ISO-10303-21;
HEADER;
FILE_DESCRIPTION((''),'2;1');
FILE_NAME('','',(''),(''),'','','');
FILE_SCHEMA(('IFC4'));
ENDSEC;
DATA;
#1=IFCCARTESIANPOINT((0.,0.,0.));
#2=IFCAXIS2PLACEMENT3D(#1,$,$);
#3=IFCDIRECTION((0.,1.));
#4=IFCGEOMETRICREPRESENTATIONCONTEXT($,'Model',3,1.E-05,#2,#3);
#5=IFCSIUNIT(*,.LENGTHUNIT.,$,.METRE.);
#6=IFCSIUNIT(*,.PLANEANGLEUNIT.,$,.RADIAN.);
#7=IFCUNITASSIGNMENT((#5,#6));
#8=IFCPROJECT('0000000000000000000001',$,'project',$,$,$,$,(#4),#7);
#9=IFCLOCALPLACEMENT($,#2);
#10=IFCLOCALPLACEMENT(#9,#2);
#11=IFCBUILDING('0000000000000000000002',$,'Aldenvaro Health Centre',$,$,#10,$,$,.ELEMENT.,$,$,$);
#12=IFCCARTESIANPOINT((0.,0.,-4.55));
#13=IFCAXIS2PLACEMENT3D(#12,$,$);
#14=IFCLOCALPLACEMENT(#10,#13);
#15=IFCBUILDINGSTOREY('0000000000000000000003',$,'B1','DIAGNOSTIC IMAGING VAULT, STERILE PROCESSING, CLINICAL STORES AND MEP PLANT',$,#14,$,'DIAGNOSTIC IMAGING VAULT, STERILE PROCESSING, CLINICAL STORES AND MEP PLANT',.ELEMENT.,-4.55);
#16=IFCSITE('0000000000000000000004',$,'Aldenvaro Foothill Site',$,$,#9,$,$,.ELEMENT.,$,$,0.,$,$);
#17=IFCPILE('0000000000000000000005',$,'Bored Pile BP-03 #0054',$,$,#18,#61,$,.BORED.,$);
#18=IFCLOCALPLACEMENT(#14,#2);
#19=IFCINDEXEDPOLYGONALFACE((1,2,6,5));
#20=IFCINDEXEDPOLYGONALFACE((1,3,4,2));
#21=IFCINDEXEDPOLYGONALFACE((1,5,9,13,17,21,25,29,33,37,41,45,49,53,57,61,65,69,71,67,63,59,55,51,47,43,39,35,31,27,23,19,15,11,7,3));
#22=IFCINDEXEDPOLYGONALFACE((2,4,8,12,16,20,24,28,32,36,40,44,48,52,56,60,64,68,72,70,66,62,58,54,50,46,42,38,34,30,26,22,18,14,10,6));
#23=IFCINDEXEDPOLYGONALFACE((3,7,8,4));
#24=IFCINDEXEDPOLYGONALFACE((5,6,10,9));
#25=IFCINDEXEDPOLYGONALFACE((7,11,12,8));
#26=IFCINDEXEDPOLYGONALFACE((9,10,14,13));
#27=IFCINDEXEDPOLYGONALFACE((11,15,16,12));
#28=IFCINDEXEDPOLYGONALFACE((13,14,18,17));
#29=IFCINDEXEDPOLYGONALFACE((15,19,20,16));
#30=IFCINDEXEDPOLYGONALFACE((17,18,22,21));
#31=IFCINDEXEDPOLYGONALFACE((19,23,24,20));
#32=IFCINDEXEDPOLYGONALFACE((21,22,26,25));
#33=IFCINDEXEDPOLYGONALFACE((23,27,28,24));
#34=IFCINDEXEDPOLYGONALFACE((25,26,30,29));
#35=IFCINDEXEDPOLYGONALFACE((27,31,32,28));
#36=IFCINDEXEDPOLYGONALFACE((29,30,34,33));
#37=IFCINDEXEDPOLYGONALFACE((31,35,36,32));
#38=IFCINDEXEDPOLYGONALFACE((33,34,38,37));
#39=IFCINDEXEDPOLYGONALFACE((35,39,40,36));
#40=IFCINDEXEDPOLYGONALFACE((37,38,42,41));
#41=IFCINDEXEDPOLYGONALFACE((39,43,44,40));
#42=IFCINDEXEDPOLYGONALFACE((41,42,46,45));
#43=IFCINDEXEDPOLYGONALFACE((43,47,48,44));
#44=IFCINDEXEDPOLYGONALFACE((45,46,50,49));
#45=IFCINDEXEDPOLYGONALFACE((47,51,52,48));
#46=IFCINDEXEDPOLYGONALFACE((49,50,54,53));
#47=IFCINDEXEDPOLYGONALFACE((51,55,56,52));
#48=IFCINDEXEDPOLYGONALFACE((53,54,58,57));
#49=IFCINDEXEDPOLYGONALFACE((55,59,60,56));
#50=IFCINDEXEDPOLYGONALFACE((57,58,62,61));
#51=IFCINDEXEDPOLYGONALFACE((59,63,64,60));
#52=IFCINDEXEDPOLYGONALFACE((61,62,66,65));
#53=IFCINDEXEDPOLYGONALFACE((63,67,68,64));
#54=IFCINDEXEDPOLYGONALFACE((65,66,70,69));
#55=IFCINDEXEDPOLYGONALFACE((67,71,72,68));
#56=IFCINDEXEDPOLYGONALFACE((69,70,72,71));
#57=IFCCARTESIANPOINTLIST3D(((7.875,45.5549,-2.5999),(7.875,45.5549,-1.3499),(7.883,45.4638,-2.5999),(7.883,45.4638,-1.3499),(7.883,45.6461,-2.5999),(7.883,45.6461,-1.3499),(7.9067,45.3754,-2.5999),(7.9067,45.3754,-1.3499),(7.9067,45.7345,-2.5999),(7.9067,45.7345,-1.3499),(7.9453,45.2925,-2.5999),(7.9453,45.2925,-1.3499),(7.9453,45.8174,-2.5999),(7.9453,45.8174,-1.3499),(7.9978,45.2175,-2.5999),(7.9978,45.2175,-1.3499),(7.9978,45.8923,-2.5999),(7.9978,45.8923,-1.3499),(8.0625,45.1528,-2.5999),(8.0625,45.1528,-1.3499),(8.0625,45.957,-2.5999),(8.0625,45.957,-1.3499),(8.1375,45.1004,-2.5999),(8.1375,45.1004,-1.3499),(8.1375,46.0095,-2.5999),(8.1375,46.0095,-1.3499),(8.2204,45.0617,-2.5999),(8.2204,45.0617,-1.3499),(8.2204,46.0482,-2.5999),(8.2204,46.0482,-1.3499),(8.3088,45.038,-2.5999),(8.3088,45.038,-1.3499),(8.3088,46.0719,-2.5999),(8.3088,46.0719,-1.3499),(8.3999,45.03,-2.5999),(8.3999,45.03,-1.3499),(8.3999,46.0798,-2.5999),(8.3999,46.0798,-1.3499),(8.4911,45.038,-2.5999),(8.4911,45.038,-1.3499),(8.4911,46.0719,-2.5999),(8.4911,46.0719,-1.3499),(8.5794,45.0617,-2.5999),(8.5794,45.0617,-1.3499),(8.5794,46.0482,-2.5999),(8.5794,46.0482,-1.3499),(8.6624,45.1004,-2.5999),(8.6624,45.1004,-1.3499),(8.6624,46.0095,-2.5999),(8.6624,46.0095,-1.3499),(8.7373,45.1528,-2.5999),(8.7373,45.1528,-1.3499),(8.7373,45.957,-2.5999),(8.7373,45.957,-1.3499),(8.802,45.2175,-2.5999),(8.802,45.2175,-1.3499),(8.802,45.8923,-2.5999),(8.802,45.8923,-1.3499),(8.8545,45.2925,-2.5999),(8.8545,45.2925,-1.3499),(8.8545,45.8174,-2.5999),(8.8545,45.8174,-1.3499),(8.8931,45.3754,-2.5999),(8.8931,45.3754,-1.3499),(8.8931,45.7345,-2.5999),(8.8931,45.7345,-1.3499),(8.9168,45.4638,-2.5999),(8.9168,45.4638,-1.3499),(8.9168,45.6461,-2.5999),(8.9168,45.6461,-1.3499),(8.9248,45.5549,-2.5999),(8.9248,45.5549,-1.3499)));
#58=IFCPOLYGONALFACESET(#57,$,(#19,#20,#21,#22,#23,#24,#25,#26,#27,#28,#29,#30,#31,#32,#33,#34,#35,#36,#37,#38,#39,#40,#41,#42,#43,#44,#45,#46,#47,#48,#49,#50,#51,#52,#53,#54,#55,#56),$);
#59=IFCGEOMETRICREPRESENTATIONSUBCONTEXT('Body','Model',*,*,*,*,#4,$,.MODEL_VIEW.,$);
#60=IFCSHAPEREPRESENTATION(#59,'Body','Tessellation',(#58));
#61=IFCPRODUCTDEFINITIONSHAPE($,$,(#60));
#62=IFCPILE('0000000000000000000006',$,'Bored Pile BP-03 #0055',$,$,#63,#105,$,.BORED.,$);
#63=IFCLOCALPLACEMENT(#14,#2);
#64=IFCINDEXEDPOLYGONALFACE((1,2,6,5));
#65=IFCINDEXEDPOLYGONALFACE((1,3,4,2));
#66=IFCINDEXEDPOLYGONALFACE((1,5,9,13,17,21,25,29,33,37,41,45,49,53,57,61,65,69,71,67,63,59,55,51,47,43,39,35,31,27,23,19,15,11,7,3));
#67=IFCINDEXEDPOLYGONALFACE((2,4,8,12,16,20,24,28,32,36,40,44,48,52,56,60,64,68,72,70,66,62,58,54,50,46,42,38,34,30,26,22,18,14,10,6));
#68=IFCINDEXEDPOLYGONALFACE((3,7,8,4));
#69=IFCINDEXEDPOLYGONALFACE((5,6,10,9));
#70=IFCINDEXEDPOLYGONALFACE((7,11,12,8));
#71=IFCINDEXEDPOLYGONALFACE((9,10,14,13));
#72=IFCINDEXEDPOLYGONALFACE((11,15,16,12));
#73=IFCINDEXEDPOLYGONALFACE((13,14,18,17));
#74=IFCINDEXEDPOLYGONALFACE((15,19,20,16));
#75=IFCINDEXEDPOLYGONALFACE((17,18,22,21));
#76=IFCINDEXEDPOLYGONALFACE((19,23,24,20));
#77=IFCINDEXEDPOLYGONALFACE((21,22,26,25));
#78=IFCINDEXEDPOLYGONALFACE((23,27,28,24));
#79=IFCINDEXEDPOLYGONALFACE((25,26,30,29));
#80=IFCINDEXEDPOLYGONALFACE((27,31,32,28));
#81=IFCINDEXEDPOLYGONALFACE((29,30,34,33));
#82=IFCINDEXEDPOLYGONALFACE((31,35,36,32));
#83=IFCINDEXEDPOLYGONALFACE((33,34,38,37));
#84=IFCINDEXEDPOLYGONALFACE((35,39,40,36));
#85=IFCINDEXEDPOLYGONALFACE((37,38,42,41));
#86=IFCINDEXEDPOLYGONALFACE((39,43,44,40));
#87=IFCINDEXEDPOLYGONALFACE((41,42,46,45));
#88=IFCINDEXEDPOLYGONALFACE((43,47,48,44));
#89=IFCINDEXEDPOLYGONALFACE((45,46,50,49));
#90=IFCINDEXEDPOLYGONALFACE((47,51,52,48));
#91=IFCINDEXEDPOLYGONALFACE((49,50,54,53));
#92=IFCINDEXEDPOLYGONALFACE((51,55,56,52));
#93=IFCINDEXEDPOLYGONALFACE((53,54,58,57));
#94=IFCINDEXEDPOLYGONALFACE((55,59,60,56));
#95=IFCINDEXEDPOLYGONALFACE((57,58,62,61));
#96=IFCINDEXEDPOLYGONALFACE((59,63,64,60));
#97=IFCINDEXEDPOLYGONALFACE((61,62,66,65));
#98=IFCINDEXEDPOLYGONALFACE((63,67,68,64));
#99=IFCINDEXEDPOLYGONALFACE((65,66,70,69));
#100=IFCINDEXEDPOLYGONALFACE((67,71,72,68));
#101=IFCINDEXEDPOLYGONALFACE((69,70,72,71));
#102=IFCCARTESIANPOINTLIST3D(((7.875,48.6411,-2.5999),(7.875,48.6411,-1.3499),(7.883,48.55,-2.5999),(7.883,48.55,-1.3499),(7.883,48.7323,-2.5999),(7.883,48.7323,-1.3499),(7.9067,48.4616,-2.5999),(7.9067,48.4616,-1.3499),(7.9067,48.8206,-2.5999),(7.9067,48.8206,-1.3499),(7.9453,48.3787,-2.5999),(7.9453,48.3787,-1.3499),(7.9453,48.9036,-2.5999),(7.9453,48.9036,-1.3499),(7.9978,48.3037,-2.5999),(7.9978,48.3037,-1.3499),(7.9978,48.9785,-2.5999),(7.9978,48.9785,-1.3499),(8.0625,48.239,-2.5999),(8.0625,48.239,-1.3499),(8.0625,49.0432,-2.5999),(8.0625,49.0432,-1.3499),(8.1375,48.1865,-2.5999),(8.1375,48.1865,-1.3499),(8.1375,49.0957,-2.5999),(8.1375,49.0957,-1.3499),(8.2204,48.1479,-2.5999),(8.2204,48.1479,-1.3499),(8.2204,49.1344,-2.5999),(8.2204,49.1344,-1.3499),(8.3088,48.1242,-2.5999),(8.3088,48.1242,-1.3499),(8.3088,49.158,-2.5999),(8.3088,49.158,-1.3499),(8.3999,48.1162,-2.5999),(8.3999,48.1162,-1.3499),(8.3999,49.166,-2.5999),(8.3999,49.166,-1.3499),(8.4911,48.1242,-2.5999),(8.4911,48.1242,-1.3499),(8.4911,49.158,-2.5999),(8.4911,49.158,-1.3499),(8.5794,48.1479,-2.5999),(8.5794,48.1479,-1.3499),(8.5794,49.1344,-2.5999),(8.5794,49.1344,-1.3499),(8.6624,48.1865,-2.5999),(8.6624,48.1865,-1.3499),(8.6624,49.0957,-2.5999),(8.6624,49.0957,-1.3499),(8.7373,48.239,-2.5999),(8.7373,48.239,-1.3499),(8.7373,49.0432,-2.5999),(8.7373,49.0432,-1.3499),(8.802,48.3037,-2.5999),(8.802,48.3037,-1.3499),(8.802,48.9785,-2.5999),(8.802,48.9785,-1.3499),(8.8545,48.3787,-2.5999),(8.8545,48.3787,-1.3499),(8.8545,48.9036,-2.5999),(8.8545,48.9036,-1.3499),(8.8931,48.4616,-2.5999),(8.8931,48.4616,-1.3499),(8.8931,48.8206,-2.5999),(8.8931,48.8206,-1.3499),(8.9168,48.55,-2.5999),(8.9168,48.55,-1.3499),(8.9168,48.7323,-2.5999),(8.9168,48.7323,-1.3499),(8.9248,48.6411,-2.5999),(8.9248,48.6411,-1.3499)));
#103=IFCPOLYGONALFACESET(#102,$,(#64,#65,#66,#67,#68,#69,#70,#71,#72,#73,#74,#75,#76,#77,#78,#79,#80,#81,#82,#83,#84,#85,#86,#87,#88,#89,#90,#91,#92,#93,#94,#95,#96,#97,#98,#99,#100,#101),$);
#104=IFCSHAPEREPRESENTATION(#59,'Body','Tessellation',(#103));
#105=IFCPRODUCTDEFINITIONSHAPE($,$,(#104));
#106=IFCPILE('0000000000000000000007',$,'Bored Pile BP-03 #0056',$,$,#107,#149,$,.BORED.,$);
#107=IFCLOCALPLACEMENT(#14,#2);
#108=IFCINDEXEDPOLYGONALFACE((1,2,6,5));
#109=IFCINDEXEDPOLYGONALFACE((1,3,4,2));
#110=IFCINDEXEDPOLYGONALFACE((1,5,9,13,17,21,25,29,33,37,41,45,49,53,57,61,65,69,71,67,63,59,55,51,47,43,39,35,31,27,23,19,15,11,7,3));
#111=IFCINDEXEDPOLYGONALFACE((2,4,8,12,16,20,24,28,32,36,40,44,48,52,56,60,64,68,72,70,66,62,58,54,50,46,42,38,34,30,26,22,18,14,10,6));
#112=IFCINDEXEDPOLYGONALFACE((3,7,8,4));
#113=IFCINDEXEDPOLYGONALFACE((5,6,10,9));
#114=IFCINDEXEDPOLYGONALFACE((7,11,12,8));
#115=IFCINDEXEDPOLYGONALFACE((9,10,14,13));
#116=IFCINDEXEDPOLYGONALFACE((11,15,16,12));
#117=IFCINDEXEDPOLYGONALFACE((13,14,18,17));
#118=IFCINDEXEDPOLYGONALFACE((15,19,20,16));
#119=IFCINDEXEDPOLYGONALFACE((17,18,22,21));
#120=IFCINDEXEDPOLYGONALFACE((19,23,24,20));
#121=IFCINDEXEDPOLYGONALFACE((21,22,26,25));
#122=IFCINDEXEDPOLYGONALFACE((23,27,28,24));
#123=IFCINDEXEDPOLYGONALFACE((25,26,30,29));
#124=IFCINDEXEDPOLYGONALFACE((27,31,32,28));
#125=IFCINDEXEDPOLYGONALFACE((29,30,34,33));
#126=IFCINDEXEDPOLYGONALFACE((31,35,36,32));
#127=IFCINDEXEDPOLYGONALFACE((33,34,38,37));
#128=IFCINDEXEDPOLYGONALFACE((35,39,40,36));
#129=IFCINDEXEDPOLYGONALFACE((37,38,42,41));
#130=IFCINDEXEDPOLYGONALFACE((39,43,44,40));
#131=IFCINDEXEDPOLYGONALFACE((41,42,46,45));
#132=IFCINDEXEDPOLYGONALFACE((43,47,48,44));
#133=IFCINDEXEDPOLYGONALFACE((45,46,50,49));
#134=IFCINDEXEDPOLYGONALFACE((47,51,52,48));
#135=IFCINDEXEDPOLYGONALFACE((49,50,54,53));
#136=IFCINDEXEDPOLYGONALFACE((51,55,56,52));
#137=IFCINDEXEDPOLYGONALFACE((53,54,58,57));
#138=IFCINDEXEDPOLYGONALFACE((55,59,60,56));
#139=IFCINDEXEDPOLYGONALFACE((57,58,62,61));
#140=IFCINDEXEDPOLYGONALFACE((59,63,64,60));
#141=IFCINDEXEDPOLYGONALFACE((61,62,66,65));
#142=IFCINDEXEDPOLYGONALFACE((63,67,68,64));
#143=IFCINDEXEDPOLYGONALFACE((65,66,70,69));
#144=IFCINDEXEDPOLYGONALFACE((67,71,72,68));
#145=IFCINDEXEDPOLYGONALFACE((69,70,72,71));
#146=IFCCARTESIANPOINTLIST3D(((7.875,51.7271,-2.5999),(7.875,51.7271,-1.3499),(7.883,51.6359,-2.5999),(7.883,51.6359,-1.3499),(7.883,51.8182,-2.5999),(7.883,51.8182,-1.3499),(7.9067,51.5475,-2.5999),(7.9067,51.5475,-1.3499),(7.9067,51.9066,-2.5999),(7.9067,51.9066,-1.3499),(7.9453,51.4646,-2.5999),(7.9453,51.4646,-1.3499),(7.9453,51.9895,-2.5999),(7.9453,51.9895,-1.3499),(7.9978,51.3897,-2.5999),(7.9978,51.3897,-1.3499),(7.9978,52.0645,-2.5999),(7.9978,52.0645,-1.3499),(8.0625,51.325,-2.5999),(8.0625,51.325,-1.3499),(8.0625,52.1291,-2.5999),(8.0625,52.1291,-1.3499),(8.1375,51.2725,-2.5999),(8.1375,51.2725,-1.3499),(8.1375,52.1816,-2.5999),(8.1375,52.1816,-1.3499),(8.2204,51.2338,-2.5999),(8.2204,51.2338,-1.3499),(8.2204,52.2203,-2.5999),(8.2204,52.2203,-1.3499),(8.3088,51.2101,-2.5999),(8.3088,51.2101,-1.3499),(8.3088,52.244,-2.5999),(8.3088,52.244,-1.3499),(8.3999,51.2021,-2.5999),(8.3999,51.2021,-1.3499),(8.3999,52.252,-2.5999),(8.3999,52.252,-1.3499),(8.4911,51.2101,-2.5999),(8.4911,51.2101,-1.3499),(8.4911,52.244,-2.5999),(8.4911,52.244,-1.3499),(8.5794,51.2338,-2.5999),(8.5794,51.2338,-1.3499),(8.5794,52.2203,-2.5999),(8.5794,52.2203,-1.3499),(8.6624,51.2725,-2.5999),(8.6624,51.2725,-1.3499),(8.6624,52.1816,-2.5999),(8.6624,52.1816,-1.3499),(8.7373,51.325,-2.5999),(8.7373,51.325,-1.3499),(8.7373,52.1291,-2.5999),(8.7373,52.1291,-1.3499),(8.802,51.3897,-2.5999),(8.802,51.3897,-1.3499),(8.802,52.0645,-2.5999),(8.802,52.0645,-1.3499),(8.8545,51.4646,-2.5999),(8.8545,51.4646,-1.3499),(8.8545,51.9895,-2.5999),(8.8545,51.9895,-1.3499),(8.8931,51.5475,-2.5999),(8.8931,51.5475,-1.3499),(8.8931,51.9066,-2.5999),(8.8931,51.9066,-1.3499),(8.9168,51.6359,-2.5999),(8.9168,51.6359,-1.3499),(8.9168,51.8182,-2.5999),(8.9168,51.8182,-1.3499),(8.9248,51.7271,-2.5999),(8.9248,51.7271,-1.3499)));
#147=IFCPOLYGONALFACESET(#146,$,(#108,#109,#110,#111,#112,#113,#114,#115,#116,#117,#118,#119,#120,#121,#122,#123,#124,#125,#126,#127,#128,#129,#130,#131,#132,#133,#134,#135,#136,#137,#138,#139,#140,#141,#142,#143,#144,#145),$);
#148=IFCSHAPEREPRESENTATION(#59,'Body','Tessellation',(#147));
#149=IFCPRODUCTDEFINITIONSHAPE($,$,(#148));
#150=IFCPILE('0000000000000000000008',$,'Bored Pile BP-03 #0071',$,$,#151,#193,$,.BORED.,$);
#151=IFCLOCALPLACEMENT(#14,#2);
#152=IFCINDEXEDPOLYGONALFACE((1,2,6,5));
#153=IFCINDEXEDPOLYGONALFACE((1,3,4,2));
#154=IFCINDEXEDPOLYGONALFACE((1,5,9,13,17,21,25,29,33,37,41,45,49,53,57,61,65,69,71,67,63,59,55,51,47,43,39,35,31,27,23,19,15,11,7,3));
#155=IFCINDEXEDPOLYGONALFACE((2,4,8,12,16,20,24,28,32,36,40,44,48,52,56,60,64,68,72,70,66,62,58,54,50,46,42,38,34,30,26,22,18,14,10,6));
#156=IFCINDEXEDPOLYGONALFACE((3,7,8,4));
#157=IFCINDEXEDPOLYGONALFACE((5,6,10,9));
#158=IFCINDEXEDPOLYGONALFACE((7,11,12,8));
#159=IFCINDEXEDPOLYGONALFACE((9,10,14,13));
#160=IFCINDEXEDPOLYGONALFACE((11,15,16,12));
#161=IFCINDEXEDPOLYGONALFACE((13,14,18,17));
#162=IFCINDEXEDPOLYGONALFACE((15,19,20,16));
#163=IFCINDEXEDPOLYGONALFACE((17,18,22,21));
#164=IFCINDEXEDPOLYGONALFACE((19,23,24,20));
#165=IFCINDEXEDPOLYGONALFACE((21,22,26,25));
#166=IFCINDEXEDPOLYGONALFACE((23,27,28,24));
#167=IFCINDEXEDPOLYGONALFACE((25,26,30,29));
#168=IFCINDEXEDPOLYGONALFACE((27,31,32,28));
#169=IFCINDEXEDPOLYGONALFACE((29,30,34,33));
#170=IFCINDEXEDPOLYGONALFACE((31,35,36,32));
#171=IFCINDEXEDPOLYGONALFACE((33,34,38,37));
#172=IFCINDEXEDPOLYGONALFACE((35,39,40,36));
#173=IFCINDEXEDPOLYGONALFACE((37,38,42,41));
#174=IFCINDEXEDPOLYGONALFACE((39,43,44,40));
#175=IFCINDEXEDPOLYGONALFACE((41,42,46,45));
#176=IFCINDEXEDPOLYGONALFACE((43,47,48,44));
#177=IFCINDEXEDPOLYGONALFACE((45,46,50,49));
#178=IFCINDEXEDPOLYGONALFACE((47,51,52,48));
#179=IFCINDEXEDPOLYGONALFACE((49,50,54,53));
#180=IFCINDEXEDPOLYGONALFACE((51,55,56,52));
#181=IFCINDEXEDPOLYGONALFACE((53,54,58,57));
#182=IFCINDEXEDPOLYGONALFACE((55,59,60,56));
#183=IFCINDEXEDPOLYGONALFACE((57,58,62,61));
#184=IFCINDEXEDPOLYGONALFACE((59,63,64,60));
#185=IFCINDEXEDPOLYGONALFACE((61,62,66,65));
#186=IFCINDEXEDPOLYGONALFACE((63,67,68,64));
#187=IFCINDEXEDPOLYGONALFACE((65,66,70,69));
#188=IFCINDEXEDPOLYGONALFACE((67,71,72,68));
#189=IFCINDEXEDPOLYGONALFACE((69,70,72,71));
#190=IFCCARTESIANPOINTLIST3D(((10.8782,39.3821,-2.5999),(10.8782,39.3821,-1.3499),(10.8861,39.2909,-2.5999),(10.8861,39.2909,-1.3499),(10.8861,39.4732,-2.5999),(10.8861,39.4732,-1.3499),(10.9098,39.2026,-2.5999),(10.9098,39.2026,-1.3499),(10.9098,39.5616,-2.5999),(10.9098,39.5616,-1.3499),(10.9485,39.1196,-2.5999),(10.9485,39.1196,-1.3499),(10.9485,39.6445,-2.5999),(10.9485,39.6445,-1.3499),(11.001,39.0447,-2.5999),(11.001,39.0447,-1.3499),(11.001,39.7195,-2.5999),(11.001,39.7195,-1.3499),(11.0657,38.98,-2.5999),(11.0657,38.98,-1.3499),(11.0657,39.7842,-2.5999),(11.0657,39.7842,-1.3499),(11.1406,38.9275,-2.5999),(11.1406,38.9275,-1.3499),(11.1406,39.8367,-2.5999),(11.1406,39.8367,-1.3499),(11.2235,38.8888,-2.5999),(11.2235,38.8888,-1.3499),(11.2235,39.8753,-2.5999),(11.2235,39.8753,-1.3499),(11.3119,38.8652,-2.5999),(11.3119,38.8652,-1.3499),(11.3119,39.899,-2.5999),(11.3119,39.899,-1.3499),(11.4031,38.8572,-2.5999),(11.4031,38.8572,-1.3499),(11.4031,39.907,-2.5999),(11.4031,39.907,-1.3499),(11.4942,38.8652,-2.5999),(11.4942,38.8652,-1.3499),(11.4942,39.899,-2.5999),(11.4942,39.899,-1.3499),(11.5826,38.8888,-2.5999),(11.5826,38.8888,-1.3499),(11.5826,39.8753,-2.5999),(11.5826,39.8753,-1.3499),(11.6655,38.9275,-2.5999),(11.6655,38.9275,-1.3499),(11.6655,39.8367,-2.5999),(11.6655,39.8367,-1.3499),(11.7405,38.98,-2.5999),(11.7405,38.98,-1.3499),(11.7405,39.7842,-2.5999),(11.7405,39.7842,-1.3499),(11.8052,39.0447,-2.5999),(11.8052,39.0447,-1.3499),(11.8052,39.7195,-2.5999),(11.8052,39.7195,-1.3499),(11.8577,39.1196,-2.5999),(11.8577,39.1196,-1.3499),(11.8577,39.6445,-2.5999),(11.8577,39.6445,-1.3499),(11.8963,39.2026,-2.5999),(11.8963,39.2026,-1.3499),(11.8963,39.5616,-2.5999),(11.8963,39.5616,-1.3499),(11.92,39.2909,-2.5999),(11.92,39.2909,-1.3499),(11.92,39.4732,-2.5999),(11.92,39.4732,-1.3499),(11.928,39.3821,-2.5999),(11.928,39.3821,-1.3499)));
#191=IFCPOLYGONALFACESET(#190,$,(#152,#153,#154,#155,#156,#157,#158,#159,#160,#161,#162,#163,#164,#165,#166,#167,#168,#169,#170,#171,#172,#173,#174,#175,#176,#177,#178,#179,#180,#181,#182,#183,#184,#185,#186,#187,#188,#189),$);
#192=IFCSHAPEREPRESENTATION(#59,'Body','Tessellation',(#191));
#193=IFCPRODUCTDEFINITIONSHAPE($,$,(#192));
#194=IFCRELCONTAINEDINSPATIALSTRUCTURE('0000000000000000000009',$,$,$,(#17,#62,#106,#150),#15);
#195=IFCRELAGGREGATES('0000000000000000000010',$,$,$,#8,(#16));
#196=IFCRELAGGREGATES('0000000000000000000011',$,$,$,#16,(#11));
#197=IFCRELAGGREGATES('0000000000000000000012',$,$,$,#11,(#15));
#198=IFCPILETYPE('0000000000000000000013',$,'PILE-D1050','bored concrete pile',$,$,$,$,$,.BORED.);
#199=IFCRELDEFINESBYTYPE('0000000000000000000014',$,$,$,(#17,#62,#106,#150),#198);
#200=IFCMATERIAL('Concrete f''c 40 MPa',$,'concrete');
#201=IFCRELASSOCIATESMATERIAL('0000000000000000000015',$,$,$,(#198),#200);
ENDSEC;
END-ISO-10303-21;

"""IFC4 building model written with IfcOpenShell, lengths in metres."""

from ifc_helpers import new_model, si_unit, direction, frame, origin, origin_2d, place, context, subcontext, project, spatial, circle, extrude, material, material_profile, profile_set, type_object, element, save


model = new_model("IFC4")

# Units and contexts
model_context = context("Model", 3, precision=1e-05, world=origin(), true_north=direction((0.0, 1.0)))
body_context = subcontext(model_context, "Body", "Model", "MODEL_VIEW")
ifc_project = project(units=[si_unit("LENGTHUNIT", "METRE"), si_unit("PLANEANGLEUNIT", "RADIAN")], contexts=[model_context])

# Site, building, storey
site_placement = place(None, origin())
site = spatial("IfcSite", under=ifc_project, at=site_placement, Name="Aldenvaro Foothill Site", CompositionType="ELEMENT", RefElevation=0.0)
building_placement = place(site_placement, origin())
building = spatial("IfcBuilding", under=site, at=building_placement, Name="Aldenvaro Health Centre", CompositionType="ELEMENT")
storey_placement = place(building_placement, frame((0.0, 0.0, -4.55)))
storey = spatial("IfcBuildingStorey", under=building, at=storey_placement, Name="B1", Description="DIAGNOSTIC IMAGING VAULT, STERILE PROCESSING, CLINICAL STORES AND MEP PLANT", LongName="DIAGNOSTIC IMAGING VAULT, STERILE PROCESSING, CLINICAL STORES AND MEP PLANT", CompositionType="ELEMENT", Elevation=-4.55)

# Piles
ifc_material_1 = material(Name="Concrete f'c 40 MPa", Category="concrete")
ifc_material_profile_1 = material_profile(ifc_material_1, circle(Radius=0.5249, at=origin_2d()), Name="PILE D1050", Category="concrete")
ifc_profile_set_1 = profile_set([ifc_material_profile_1], Name="Concrete f'c 40 MPa")
pile_type = type_object("IfcPileType", Name="PILE-D1050", Description="bored concrete pile", PredefinedType="BORED", material=ifc_profile_set_1)
for number, where, z_axis, x_axis, name in (
    (1, (8.3999, 45.5549, -1.3499), (0.0, 0.0, -1.0), (1.0, 0.0, 0.0), "Bored Pile BP-03 #0054"),
    (2, (8.3999, 48.6411, -1.3499), (0.0, 0.0, -1.0), (1.0, 0.0, 0.0), "Bored Pile BP-03 #0055"),
    (3, (8.3999, 51.7271, -1.3499), (0.0, 0.0, -1.0), (1.0, 0.0, 0.0), "Bored Pile BP-03 #0056"),
    (4, (11.4031, 39.3821, -1.3499), (0.0, 0.0, -1.0), (1.0, 0.0, 0.0), "Bored Pile BP-03 #0071"),
):
    element("IfcPile", number, at=place(storey_placement, frame(where, z_axis=z_axis, x_axis=x_axis)), inside=storey, type_object=pile_type, Name=name, PredefinedType="BORED", context=body_context, shape_type="SweptSolid", body=[
        extrude(circle(Radius=0.5249, at=origin_2d()), origin(), (0.0, 0.0, 1.0), 1.25),
    ])

save(model, "model.ifc")
